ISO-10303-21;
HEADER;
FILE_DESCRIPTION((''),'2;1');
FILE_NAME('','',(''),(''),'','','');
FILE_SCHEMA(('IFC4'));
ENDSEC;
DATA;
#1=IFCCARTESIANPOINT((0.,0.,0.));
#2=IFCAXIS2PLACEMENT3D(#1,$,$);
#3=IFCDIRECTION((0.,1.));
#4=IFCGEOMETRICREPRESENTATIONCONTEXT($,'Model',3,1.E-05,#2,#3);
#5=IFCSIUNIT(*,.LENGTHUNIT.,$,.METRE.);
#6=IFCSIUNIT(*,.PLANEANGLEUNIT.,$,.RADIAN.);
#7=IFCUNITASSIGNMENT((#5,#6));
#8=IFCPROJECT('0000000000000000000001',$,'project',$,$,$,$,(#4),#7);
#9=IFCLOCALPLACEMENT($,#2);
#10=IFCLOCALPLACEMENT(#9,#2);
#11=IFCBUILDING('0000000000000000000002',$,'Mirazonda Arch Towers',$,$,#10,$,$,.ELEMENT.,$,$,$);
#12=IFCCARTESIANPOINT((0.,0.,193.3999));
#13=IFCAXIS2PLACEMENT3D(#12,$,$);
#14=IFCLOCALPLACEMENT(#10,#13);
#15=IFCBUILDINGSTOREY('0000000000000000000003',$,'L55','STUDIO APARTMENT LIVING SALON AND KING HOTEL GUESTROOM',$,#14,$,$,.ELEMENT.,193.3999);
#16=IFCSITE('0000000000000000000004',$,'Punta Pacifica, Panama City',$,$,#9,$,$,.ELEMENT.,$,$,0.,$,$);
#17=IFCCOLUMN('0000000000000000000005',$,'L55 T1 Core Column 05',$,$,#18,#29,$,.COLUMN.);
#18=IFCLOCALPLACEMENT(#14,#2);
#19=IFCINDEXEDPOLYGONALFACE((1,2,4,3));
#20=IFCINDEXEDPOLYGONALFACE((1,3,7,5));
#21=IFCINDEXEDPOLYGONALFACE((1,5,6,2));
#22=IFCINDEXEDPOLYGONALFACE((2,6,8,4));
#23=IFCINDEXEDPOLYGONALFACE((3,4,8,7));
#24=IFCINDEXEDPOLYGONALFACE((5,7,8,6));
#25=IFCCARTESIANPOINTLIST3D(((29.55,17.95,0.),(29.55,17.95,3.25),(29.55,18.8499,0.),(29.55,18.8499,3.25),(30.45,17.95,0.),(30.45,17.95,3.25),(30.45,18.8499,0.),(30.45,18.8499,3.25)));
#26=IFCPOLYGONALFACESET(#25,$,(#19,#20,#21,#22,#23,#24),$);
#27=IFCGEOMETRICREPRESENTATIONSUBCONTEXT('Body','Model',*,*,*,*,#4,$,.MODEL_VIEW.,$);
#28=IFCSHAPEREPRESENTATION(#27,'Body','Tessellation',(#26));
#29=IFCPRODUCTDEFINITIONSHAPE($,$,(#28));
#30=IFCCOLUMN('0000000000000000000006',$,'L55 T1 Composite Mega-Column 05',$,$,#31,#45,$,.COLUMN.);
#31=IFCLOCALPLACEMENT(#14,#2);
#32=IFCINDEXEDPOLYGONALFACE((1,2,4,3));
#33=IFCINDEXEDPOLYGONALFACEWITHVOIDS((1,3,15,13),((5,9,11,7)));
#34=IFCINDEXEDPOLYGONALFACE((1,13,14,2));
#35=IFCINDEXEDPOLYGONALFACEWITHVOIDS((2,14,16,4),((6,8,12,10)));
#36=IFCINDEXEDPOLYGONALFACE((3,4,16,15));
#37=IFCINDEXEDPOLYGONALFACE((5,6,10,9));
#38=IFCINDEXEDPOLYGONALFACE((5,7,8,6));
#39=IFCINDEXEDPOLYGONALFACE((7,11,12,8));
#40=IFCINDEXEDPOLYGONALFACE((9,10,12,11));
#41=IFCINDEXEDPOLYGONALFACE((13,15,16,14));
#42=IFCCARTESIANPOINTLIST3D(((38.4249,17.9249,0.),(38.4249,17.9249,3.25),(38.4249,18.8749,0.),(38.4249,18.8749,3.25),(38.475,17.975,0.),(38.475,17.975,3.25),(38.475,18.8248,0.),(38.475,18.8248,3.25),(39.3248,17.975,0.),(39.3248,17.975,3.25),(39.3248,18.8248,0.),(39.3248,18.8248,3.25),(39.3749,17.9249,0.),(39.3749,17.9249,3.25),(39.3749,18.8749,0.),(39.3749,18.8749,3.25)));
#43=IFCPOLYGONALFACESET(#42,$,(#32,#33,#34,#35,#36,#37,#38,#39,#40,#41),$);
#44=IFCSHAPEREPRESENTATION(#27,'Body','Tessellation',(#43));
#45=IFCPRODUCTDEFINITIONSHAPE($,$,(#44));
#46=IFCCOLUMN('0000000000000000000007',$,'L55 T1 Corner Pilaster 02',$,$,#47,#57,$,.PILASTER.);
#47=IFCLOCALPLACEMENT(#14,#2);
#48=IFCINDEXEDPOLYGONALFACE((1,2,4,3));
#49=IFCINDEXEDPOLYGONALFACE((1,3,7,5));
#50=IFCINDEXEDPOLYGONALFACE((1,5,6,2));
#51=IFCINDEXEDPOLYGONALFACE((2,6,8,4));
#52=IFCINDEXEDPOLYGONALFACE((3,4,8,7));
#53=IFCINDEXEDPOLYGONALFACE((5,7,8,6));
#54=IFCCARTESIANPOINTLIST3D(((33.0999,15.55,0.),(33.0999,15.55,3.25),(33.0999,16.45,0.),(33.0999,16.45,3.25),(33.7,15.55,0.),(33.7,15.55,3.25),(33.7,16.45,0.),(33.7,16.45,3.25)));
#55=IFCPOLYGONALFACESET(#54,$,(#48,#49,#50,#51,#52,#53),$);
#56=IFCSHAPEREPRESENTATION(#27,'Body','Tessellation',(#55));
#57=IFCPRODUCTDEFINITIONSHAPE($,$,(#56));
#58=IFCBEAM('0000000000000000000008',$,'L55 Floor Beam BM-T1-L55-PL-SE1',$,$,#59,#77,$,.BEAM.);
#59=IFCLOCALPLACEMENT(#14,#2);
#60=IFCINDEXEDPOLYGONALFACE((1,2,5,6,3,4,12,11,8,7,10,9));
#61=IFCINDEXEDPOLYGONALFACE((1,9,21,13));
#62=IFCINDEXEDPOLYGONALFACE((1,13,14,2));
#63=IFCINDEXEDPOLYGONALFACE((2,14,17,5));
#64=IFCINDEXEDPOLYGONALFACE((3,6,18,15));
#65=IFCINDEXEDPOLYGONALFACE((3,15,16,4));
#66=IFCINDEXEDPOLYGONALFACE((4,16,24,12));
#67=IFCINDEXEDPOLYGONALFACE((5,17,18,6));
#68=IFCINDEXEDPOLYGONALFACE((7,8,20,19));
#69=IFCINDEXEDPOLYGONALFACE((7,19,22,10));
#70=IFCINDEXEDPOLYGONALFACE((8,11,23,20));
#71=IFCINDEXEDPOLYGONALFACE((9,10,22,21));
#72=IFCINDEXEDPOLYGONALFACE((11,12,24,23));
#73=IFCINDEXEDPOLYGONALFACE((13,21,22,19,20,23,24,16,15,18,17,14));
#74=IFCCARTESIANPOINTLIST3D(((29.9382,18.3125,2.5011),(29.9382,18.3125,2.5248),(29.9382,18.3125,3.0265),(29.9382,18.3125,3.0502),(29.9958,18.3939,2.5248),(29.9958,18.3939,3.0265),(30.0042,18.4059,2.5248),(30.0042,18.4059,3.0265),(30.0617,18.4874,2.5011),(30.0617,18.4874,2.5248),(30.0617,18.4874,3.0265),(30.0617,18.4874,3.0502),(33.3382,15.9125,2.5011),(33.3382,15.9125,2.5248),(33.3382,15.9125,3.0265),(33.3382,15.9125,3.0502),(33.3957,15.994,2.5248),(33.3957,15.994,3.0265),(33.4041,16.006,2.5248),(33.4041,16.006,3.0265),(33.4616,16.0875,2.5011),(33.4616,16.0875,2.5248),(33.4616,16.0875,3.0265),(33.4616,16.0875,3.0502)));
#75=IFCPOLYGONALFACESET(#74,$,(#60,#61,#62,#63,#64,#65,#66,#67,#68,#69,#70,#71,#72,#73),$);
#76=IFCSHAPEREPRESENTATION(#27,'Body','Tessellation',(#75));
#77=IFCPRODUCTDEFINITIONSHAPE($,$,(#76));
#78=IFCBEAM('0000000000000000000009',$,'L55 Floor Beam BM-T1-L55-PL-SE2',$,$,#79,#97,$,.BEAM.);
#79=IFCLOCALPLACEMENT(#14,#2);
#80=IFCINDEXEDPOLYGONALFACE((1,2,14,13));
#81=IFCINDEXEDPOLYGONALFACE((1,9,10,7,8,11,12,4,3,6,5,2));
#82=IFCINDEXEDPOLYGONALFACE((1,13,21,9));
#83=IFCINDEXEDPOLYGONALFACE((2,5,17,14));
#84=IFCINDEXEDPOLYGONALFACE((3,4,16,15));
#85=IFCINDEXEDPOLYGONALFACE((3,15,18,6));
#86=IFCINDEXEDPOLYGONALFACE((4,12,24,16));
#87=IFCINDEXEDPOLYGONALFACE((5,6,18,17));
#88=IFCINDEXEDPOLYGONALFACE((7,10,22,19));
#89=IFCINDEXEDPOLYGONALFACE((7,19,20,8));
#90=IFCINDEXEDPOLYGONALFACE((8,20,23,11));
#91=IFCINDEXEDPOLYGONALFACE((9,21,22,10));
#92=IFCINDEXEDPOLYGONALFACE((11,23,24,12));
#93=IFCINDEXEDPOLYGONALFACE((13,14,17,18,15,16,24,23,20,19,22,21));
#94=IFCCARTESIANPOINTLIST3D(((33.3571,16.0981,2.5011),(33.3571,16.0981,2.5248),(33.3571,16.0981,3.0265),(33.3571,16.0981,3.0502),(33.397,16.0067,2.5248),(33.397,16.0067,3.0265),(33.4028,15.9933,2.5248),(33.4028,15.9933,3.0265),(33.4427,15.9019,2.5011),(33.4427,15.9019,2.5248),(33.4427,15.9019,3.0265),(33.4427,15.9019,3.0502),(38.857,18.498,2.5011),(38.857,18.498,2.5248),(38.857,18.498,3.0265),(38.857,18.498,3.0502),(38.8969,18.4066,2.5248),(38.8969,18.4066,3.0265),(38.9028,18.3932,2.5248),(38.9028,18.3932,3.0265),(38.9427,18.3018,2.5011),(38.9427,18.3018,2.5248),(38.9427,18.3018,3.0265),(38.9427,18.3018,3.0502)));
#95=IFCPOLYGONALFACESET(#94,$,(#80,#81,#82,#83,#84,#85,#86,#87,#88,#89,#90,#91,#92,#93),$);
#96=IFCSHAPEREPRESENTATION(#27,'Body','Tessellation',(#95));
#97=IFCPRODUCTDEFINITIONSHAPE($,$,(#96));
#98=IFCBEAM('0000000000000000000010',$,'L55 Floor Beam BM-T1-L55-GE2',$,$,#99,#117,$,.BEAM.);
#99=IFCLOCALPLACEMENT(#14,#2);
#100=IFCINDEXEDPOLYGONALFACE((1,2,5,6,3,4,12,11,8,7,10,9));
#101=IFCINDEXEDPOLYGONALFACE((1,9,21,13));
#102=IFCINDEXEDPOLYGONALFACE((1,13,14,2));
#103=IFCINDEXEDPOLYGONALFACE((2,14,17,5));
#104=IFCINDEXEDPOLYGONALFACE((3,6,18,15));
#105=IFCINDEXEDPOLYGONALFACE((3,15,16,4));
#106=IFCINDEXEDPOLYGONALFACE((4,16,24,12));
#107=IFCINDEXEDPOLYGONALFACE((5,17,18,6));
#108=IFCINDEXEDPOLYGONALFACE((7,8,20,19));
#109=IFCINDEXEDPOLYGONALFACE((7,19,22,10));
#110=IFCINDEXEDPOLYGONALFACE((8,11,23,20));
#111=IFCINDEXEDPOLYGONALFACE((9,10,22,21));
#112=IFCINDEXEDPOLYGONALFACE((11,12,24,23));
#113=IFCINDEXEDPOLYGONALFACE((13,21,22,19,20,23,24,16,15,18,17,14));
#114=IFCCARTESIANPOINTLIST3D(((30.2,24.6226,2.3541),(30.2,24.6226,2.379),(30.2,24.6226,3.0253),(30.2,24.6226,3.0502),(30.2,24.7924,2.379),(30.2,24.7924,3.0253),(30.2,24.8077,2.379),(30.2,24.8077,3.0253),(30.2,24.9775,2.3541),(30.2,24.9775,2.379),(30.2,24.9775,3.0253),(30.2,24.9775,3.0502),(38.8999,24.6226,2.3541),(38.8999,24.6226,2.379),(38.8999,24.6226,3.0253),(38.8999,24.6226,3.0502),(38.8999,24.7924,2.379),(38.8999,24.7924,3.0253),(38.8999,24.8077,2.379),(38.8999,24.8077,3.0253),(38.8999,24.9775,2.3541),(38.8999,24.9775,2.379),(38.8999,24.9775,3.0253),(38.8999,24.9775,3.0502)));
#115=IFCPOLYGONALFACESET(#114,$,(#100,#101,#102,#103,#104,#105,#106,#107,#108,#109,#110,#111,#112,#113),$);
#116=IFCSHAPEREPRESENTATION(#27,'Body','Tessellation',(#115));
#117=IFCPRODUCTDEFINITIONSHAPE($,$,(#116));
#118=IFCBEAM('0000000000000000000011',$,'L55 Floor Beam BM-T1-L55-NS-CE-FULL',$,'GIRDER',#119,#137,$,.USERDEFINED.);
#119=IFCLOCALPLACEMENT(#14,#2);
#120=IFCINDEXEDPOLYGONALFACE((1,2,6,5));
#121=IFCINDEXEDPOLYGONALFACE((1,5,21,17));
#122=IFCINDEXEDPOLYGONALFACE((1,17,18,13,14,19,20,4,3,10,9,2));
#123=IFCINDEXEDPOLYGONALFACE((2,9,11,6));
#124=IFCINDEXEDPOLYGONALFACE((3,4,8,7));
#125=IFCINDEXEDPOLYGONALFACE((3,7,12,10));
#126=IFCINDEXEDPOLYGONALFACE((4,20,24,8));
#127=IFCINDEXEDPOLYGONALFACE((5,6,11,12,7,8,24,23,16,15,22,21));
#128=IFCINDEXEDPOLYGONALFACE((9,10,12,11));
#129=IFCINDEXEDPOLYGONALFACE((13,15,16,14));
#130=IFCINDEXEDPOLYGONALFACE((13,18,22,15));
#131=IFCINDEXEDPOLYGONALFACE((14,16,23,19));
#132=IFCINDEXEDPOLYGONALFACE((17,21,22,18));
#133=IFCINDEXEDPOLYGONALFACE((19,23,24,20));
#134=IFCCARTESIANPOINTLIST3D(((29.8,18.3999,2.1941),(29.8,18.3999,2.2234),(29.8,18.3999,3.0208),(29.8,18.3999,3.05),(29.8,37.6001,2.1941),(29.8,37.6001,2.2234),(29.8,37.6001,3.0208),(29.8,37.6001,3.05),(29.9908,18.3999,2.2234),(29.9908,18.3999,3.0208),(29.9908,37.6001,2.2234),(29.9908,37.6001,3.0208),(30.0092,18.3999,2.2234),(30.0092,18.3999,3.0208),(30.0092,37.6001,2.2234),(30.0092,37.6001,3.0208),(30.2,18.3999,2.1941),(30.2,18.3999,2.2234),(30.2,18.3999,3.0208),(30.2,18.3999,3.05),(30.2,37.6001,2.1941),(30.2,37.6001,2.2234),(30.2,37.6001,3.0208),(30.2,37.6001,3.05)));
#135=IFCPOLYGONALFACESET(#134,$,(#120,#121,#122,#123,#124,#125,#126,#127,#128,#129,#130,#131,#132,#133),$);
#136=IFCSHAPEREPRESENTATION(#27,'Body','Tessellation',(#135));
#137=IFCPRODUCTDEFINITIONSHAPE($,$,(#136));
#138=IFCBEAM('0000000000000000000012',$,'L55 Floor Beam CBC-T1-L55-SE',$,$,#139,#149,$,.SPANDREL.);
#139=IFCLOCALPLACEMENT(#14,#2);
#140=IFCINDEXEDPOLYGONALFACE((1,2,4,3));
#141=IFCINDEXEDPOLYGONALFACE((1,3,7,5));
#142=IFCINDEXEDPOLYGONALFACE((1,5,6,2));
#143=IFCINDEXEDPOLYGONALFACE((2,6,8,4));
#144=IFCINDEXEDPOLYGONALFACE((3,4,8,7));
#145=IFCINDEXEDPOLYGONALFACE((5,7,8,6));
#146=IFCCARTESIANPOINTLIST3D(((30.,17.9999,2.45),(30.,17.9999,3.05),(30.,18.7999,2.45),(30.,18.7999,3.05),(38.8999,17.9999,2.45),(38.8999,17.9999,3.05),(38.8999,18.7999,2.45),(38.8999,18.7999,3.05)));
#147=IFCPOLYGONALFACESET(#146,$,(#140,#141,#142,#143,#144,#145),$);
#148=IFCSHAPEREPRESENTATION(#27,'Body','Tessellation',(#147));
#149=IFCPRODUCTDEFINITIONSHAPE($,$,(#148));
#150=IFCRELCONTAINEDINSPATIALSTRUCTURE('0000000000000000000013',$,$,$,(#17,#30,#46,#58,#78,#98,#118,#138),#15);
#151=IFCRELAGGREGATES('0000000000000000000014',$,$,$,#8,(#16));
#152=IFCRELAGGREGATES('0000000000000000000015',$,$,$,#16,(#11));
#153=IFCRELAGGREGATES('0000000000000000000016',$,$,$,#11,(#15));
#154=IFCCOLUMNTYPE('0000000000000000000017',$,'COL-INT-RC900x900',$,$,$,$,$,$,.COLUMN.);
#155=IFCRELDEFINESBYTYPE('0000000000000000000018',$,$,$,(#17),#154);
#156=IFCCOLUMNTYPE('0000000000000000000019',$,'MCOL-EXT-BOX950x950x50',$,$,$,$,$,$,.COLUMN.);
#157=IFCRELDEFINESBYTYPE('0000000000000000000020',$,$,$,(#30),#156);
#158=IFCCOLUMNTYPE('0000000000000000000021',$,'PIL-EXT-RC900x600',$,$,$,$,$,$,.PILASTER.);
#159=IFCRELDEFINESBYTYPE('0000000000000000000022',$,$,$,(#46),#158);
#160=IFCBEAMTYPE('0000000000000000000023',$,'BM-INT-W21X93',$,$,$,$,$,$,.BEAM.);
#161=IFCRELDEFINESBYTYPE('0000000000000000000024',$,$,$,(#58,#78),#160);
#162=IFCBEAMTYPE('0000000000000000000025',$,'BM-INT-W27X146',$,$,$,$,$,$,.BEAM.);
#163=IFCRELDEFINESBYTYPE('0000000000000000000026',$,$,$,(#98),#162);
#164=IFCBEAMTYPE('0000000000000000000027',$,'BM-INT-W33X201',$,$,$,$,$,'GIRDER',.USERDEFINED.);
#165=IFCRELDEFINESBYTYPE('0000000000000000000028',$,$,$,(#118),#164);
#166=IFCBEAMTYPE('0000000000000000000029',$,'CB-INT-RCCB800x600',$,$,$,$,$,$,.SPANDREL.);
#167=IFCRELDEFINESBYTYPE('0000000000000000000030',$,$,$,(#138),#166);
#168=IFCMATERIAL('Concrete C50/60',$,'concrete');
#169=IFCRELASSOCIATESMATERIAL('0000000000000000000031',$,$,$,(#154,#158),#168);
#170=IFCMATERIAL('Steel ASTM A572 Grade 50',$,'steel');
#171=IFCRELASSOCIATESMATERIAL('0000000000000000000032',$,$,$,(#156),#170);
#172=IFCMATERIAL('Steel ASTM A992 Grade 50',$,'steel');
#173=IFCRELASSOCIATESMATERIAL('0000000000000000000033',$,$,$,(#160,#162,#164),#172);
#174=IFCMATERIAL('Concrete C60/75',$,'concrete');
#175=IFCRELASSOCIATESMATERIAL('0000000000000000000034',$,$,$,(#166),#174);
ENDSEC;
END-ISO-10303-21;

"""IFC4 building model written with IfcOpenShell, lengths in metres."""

from ifc_helpers import new_model, si_unit, direction, frame, origin, origin_2d, place, context, subcontext, project, spatial, rectangle, hollow_rectangle, i_section, extrude, material, material_profile, profile_set, type_object, element, save


model = new_model("IFC4")

# Units and contexts
model_context = context("Model", 3, precision=1e-05, world=origin(), true_north=direction((0.0, 1.0)))
body_context = subcontext(model_context, "Body", "Model", "MODEL_VIEW")
ifc_project = project(units=[si_unit("LENGTHUNIT", "METRE"), si_unit("PLANEANGLEUNIT", "RADIAN")], contexts=[model_context])

# Site, building, storey
site_placement = place(None, origin())
site = spatial("IfcSite", under=ifc_project, at=site_placement, Name="Punta Pacifica, Panama City", CompositionType="ELEMENT", RefElevation=0.0)
building_placement = place(site_placement, origin())
building = spatial("IfcBuilding", under=site, at=building_placement, Name="Mirazonda Arch Towers", CompositionType="ELEMENT")
storey_placement = place(building_placement, frame((0.0, 0.0, 193.3999)))
storey = spatial("IfcBuildingStorey", under=building, at=storey_placement, Name="L55", Description="STUDIO APARTMENT LIVING SALON AND KING HOTEL GUESTROOM", CompositionType="ELEMENT", Elevation=193.3999)

# Columns
ifc_material_1 = material(Name="Concrete C50/60", Category="concrete")
ifc_material_profile_1 = material_profile(ifc_material_1, rectangle(XDim=0.8999, YDim=0.8999, at=origin_2d()), Name="RC900x900")
ifc_profile_set_1 = profile_set([ifc_material_profile_1], Name="Concrete C50/60")
column_type_1 = type_object("IfcColumnType", Name="COL-INT-RC900x900", PredefinedType="COLUMN", material=ifc_profile_set_1)
column_1_placement = place(storey_placement, frame((30.0, 18.3999, 0.0), z_axis=(0.0, 0.0, 1.0), x_axis=(1.0, 0.0, 0.0)))
element("IfcColumn", 1, at=column_1_placement, inside=storey, type_object=column_type_1, Name="L55 T1 Core Column 05", PredefinedType="COLUMN", context=body_context, shape_type="SweptSolid", body=[
    extrude(rectangle(XDim=0.8999, YDim=0.8999, at=origin_2d()), origin(), (0.0, 0.0, 1.0), 3.25),
])
ifc_material_2 = material(Name="Steel ASTM A572 Grade 50", Category="steel")
ifc_material_profile_2 = material_profile(ifc_material_2, hollow_rectangle(XDim=0.95, YDim=0.95, WallThickness=0.05, at=origin_2d()), Name="BOX950x950x50")
ifc_profile_set_2 = profile_set([ifc_material_profile_2], Name="Steel ASTM A572 Grade 50")
column_type_2 = type_object("IfcColumnType", Name="MCOL-EXT-BOX950x950x50", PredefinedType="COLUMN", material=ifc_profile_set_2)
column_2_placement = place(storey_placement, frame((38.8999, 18.3999, 0.0), z_axis=(0.0, 0.0, 1.0), x_axis=(1.0, 0.0, 0.0)))
element("IfcColumn", 2, at=column_2_placement, inside=storey, type_object=column_type_2, Name="L55 T1 Composite Mega-Column 05", PredefinedType="COLUMN", context=body_context, shape_type="SweptSolid", body=[
    extrude(hollow_rectangle(XDim=0.95, YDim=0.95, WallThickness=0.05, at=origin_2d()), origin(), (0.0, 0.0, 1.0), 3.25),
])
ifc_material_profile_3 = material_profile(ifc_material_1, rectangle(XDim=0.6001, YDim=0.8999, at=origin_2d()), Name="RC900x600")
ifc_profile_set_3 = profile_set([ifc_material_profile_3], Name="Concrete C50/60")
column_type_3 = type_object("IfcColumnType", Name="PIL-EXT-RC900x600", PredefinedType="PILASTER", material=ifc_profile_set_3)
column_3_placement = place(storey_placement, frame((33.3999, 16.0, 0.0), z_axis=(0.0, 0.0, 1.0), x_axis=(1.0, 0.0, 0.0)))
element("IfcColumn", 3, at=column_3_placement, inside=storey, type_object=column_type_3, Name="L55 T1 Corner Pilaster 02", PredefinedType="PILASTER", context=body_context, shape_type="SweptSolid", body=[
    extrude(rectangle(XDim=0.6001, YDim=0.8999, at=origin_2d()), origin(), (0.0, 0.0, 1.0), 3.25),
])

# Beams
ifc_material_3 = material(Name="Steel ASTM A992 Grade 50", Category="steel")
ifc_material_profile_4 = material_profile(ifc_material_3, i_section(OverallWidth=0.2141, OverallDepth=0.5491, WebThickness=0.0146, FlangeThickness=0.0237, at=origin_2d()), Name="W21X93")
ifc_profile_set_4 = profile_set([ifc_material_profile_4], Name="Steel ASTM A992 Grade 50")
beam_type_1 = type_object("IfcBeamType", Name="BM-INT-W21X93", PredefinedType="BEAM", material=ifc_profile_set_4)
beam_1_placement = place(storey_placement, frame((33.3999, 16.0, 2.7756), z_axis=(-0.816971, 0.576679, 0.0), x_axis=(-0.576679, -0.816971, 0.0)))
element("IfcBeam", 4, at=beam_1_placement, inside=storey, type_object=beam_type_1, Name="L55 Floor Beam BM-T1-L55-PL-SE1", PredefinedType="BEAM", context=body_context, shape_type="SweptSolid", body=[
    extrude(i_section(OverallWidth=0.2141, OverallDepth=0.5491, WebThickness=0.0146, FlangeThickness=0.0237, at=origin_2d()), origin(), (0.0, 0.0, 1.0), 4.1616),
])
beam_2_placement = place(storey_placement, frame((33.3999, 16.0, 2.7756), z_axis=(0.916545, 0.399931, 0.0), x_axis=(-0.399931, 0.916545, 0.0)))
element("IfcBeam", 5, at=beam_2_placement, inside=storey, type_object=beam_type_1, Name="L55 Floor Beam BM-T1-L55-PL-SE2", PredefinedType="BEAM", context=body_context, shape_type="SweptSolid", body=[
    extrude(i_section(OverallWidth=0.2141, OverallDepth=0.5491, WebThickness=0.0146, FlangeThickness=0.0237, at=origin_2d()), origin(), (0.0, 0.0, 1.0), 6.0007),
])
ifc_material_profile_5 = material_profile(ifc_material_3, i_section(OverallWidth=0.355, OverallDepth=0.696, WebThickness=0.0154, FlangeThickness=0.0249, at=origin_2d()), Name="W27X146")
ifc_profile_set_5 = profile_set([ifc_material_profile_5], Name="Steel ASTM A992 Grade 50")
beam_type_2 = type_object("IfcBeamType", Name="BM-INT-W27X146", PredefinedType="BEAM", material=ifc_profile_set_5)
beam_3_placement = place(storey_placement, frame((30.2, 24.8, 2.7021), z_axis=(1.0, 0.0, 0.0), x_axis=(0.0, 1.0, 0.0)))
element("IfcBeam", 6, at=beam_3_placement, inside=storey, type_object=beam_type_2, Name="L55 Floor Beam BM-T1-L55-GE2", PredefinedType="BEAM", context=body_context, shape_type="SweptSolid", body=[
    extrude(i_section(OverallWidth=0.355, OverallDepth=0.696, WebThickness=0.0154, FlangeThickness=0.0249, at=origin_2d()), origin(), (0.0, 0.0, 1.0), 8.7),
])
ifc_material_profile_6 = material_profile(ifc_material_3, i_section(OverallWidth=0.3999, OverallDepth=0.856, WebThickness=0.0183, FlangeThickness=0.0293, at=origin_2d()), Name="W33X201")
ifc_profile_set_6 = profile_set([ifc_material_profile_6], Name="Steel ASTM A992 Grade 50")
beam_type_3 = type_object("IfcBeamType", Name="BM-INT-W33X201", ElementType="GIRDER", PredefinedType="USERDEFINED", material=ifc_profile_set_6)
beam_4_placement = place(storey_placement, frame((30.0, 18.3999, 2.6221), z_axis=(0.0, 1.0, 0.0), x_axis=(-1.0, 0.0, 0.0)))
element("IfcBeam", 7, at=beam_4_placement, inside=storey, type_object=beam_type_3, Name="L55 Floor Beam BM-T1-L55-NS-CE-FULL", ObjectType="GIRDER", PredefinedType="USERDEFINED", context=body_context, shape_type="SweptSolid", body=[
    extrude(i_section(OverallWidth=0.3999, OverallDepth=0.856, WebThickness=0.0183, FlangeThickness=0.0293, at=origin_2d()), origin(), (0.0, 0.0, 1.0), 19.2002),
])
ifc_material_4 = material(Name="Concrete C60/75", Category="concrete")
ifc_material_profile_7 = material_profile(ifc_material_4, rectangle(XDim=0.8, YDim=0.6001, at=origin_2d()), Name="RCCB800x600")
ifc_profile_set_7 = profile_set([ifc_material_profile_7], Name="Concrete C60/75")
beam_type_4 = type_object("IfcBeamType", Name="CB-INT-RCCB800x600", PredefinedType="SPANDREL", material=ifc_profile_set_7)
beam_5_placement = place(storey_placement, frame((30.0, 18.3999, 2.75), z_axis=(1.0, 0.0, 0.0), x_axis=(0.0, 1.0, 0.0)))
element("IfcBeam", 8, at=beam_5_placement, inside=storey, type_object=beam_type_4, Name="L55 Floor Beam CBC-T1-L55-SE", PredefinedType="SPANDREL", context=body_context, shape_type="SweptSolid", body=[
    extrude(rectangle(XDim=0.8, YDim=0.6001, at=origin_2d()), origin(), (0.0, 0.0, 1.0), 8.8999),
])

save(model, "model.ifc")
